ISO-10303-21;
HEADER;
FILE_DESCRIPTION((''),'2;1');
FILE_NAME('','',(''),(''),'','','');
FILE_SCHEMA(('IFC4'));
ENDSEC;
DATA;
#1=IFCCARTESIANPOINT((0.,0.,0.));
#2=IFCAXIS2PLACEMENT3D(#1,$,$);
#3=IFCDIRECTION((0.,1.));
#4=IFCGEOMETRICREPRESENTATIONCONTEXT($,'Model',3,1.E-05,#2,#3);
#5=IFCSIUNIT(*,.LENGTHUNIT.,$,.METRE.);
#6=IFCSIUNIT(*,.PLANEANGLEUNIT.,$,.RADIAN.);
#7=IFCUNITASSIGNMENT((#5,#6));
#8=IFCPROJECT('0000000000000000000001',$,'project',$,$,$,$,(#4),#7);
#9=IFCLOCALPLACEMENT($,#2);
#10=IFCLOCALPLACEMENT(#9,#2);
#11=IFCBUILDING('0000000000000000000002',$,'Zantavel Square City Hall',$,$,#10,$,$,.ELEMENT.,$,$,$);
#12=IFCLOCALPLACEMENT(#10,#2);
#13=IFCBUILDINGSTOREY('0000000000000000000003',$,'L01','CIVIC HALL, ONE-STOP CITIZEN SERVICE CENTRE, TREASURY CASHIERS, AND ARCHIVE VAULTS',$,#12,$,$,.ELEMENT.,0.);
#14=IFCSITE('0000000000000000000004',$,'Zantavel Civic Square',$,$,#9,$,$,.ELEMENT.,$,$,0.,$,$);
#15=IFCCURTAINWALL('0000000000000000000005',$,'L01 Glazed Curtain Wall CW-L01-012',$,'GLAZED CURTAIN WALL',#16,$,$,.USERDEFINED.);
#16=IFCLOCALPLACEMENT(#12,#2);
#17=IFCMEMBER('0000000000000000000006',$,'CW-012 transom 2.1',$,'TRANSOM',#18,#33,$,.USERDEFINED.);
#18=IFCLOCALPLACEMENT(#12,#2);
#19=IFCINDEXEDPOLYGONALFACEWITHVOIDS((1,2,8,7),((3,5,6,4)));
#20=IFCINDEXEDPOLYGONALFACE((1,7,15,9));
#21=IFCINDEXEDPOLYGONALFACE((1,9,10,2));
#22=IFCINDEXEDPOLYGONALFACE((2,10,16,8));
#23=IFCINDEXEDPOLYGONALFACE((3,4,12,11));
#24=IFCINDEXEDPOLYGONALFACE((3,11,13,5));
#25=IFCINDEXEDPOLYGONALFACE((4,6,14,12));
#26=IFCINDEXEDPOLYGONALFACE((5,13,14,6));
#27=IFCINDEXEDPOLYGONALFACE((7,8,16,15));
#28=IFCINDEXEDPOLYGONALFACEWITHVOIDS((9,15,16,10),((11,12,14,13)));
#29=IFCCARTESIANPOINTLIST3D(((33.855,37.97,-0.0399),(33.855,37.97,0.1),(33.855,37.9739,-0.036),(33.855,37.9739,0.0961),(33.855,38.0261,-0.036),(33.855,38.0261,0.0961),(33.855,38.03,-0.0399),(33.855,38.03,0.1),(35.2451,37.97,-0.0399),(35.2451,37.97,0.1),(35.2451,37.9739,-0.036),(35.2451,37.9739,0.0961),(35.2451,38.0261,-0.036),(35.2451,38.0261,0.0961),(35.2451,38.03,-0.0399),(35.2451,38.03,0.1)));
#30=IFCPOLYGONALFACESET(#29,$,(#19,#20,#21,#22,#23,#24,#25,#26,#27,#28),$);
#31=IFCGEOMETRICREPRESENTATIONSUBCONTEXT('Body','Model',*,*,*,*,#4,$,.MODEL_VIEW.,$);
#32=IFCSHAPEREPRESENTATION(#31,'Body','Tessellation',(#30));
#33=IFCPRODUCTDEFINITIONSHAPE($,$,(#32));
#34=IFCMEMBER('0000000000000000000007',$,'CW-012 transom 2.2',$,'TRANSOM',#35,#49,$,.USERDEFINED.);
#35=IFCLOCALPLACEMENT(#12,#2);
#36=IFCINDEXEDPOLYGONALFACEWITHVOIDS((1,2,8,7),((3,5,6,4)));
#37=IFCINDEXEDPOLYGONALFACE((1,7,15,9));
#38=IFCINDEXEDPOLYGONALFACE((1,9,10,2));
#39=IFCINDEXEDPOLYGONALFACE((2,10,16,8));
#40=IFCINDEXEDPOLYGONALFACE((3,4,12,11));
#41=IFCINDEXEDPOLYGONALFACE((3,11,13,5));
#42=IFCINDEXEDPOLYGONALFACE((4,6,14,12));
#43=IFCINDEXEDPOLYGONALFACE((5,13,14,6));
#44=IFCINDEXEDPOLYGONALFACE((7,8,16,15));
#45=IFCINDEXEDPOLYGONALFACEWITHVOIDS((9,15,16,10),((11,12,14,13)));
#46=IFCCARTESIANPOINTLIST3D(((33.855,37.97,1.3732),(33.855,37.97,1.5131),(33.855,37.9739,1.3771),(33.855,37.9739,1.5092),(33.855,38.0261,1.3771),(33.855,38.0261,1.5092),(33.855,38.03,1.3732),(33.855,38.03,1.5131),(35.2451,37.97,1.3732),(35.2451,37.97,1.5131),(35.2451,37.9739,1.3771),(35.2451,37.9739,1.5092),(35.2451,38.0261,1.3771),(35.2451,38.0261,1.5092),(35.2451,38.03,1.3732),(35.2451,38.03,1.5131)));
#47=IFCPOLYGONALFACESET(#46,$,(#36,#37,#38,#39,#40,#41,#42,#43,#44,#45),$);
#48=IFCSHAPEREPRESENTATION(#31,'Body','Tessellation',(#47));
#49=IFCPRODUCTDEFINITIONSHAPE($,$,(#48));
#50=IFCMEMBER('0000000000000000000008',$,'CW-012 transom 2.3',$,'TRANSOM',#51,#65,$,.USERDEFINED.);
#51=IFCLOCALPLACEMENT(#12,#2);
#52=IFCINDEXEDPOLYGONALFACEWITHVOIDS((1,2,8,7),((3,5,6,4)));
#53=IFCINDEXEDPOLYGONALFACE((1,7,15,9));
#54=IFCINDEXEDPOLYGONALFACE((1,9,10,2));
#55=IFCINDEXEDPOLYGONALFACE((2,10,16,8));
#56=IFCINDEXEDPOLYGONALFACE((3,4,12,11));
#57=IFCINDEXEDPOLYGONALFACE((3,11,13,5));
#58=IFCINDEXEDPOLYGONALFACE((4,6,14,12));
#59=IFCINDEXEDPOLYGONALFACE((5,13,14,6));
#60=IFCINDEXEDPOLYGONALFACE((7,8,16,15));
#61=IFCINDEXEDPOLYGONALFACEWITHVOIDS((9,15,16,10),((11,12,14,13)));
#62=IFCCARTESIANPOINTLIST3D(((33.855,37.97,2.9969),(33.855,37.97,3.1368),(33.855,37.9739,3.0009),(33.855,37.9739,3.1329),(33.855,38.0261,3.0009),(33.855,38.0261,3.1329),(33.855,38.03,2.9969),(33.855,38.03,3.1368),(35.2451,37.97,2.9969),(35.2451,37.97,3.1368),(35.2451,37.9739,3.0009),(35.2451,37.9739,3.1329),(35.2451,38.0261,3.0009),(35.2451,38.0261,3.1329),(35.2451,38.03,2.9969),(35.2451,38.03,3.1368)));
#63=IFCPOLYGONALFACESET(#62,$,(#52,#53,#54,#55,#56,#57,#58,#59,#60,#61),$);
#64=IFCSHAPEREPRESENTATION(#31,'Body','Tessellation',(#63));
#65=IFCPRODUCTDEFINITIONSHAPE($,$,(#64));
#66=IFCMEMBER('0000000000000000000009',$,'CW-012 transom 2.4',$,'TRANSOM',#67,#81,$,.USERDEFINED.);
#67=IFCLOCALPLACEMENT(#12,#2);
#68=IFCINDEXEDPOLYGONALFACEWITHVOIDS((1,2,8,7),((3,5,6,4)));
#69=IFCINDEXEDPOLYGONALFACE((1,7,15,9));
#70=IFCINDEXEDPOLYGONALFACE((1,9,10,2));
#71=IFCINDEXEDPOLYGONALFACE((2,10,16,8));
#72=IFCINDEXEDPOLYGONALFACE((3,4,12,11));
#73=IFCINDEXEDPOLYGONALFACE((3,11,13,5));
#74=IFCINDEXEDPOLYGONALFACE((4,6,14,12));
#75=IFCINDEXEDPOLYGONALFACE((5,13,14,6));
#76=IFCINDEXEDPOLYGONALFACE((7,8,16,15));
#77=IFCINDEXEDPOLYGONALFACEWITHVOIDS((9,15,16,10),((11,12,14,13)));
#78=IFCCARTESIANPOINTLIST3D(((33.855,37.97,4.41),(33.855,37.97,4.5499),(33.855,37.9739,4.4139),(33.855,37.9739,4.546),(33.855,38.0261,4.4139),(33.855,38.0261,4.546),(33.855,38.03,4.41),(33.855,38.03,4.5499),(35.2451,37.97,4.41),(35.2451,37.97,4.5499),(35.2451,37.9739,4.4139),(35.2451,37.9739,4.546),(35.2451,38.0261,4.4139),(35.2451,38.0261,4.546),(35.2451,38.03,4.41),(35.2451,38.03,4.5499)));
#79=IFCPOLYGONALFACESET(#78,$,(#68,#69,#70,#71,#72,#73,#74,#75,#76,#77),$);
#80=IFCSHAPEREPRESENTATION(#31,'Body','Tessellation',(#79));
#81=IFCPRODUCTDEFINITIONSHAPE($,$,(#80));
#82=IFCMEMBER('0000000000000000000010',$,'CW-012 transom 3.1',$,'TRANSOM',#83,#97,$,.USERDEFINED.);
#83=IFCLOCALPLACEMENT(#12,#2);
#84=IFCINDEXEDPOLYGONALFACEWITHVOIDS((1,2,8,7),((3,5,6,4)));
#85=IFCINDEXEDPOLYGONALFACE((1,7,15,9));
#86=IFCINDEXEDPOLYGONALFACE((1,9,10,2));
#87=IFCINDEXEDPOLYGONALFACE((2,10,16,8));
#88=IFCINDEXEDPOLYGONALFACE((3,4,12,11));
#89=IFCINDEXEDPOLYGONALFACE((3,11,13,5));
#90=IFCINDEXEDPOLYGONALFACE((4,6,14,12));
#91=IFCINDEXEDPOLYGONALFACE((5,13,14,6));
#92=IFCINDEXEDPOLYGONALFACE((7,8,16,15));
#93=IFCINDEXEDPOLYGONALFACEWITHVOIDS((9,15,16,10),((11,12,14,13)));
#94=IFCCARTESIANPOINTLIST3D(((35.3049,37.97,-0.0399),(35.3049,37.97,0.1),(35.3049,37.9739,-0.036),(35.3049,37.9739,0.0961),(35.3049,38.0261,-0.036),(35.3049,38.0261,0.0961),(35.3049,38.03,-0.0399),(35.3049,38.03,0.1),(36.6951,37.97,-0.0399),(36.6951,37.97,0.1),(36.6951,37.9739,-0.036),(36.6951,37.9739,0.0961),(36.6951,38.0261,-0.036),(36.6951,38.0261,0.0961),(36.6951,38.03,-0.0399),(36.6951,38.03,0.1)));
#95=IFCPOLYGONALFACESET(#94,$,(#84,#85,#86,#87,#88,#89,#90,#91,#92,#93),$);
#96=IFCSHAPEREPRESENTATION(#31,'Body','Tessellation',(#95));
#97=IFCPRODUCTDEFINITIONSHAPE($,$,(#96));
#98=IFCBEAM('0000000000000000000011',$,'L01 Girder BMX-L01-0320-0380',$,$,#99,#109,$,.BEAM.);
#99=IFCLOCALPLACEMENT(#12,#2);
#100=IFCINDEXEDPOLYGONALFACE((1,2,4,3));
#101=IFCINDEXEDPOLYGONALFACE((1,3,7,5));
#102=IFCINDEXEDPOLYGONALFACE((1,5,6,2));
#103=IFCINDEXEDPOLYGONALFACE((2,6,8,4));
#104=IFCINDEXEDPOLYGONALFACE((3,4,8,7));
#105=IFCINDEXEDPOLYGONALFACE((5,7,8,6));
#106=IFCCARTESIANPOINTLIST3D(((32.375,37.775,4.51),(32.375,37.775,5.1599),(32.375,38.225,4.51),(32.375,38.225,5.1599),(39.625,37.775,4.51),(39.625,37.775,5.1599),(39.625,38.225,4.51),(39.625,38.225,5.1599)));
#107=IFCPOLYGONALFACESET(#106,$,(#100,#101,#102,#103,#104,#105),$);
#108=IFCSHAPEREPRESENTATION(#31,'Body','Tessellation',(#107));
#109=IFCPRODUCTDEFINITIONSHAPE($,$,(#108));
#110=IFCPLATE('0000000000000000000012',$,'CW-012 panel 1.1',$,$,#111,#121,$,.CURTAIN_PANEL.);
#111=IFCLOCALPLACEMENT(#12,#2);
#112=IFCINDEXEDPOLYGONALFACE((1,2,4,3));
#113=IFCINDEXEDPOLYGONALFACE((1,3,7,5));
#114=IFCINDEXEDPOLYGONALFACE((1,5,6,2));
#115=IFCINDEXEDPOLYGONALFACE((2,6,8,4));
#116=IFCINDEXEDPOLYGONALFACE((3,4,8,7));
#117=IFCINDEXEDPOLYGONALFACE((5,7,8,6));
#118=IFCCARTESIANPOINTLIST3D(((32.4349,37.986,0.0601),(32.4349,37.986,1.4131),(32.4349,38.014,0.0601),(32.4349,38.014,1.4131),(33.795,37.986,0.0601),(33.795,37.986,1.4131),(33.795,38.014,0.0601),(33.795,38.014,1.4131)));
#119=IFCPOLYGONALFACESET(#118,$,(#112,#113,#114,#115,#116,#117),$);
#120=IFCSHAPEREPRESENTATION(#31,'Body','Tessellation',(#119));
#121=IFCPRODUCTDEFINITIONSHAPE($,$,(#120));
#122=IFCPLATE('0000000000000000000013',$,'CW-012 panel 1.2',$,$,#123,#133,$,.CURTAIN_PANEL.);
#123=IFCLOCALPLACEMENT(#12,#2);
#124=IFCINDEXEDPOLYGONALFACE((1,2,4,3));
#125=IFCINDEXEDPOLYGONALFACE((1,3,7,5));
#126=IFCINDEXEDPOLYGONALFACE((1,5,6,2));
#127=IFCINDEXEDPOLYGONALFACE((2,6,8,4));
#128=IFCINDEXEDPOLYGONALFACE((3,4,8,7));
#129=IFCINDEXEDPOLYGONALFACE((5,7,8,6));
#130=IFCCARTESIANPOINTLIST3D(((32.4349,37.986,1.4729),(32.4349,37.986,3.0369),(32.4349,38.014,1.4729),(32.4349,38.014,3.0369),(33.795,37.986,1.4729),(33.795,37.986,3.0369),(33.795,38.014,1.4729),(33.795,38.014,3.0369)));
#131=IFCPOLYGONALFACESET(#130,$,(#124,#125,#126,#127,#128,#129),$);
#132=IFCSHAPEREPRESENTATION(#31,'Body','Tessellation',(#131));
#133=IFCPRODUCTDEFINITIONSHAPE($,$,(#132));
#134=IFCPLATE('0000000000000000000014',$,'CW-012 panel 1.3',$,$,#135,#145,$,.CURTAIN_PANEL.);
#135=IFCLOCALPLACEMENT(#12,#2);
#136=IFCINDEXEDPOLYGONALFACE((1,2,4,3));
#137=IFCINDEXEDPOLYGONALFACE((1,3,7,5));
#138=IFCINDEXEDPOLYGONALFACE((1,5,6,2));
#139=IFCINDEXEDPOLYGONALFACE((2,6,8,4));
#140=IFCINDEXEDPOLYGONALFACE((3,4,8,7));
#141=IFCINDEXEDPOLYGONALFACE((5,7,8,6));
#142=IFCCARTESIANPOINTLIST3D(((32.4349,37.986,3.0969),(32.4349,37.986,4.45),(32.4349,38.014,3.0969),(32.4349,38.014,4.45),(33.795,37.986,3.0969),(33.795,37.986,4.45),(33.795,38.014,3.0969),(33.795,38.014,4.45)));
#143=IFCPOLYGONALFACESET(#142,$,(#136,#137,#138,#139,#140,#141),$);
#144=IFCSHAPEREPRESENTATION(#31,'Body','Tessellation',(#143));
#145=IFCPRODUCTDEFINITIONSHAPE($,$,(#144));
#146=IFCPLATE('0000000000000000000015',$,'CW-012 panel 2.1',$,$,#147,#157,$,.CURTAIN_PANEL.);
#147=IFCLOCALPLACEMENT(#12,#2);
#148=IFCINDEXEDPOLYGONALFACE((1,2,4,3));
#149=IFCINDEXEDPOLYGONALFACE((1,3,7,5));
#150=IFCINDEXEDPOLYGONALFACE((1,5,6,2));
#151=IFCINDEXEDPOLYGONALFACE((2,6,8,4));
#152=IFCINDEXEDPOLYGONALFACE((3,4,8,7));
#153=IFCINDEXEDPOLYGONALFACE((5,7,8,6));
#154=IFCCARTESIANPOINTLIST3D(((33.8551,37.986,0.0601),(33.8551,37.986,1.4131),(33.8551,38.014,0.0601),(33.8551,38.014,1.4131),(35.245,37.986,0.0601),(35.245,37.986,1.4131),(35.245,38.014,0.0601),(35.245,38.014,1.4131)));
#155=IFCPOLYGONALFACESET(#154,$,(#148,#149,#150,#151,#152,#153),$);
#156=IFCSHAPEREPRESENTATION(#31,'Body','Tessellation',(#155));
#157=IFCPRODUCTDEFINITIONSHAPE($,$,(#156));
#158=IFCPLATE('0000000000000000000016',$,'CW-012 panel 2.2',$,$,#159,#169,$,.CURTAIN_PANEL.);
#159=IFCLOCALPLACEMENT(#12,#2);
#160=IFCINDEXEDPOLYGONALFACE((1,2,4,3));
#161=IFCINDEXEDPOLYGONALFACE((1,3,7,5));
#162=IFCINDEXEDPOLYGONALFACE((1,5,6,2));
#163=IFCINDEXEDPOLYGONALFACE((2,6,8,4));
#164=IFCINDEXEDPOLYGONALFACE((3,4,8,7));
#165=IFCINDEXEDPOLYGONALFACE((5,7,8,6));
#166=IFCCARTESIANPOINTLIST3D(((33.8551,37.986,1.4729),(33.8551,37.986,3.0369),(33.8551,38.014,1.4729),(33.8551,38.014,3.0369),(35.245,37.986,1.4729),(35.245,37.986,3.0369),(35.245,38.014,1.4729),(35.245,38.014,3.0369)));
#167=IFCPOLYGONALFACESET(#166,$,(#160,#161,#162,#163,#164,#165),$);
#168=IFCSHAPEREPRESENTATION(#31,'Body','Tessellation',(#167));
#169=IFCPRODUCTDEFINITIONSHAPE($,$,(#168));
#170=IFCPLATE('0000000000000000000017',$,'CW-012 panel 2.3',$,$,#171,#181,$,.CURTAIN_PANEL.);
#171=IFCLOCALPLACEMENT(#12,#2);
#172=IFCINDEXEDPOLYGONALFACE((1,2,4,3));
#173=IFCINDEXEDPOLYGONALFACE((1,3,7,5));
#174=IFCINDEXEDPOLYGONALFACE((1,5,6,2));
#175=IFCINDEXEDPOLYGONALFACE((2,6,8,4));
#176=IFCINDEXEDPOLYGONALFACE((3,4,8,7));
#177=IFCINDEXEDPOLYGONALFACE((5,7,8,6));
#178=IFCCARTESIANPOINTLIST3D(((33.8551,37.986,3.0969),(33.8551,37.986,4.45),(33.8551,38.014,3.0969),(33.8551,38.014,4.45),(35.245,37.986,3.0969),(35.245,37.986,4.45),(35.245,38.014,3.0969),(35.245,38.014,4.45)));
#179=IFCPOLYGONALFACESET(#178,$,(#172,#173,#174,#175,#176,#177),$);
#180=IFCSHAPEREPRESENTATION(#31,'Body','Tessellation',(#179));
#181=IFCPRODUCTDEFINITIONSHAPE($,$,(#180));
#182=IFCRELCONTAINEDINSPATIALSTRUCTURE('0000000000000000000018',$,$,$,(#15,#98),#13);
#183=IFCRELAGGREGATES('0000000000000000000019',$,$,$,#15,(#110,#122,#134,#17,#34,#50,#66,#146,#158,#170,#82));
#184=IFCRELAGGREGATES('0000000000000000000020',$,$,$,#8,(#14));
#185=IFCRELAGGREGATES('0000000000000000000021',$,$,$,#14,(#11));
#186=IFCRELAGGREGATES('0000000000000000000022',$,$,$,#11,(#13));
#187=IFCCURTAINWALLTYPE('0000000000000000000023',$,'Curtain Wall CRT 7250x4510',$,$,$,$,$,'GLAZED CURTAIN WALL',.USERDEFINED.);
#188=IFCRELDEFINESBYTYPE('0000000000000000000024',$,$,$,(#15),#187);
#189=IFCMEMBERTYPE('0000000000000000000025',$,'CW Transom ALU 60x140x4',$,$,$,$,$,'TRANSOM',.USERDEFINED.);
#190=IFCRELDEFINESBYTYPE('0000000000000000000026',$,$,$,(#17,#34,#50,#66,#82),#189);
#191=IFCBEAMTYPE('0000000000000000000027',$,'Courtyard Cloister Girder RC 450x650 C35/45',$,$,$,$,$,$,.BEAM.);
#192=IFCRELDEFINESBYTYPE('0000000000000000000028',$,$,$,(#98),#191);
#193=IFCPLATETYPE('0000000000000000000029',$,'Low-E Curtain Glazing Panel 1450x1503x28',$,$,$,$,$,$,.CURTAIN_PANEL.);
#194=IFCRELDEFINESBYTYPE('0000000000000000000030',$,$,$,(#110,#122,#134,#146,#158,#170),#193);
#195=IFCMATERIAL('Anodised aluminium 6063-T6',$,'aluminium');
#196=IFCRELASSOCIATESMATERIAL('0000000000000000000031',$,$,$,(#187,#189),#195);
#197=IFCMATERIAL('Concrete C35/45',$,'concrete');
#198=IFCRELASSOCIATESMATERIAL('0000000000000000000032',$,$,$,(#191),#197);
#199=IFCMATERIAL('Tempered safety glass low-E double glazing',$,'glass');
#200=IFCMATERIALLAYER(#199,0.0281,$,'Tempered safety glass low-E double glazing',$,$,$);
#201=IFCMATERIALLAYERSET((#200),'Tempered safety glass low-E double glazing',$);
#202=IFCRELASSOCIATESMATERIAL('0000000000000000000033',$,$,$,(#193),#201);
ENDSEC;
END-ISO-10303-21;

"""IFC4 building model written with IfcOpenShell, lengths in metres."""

from ifc_helpers import new_model, si_unit, direction, frame, origin, origin_2d, place, context, subcontext, project, spatial, rectangle, hollow_rectangle, extrude, material, layer, layer_set, material_profile, profile_set, type_object, element, aggregate, save


model = new_model("IFC4")

# Units and contexts
model_context = context("Model", 3, precision=1e-05, world=origin(), true_north=direction((0.0, 1.0)))
body_context = subcontext(model_context, "Body", "Model", "MODEL_VIEW")
ifc_project = project(units=[si_unit("LENGTHUNIT", "METRE"), si_unit("PLANEANGLEUNIT", "RADIAN")], contexts=[model_context])

# Site, building, storey
site_placement = place(None, origin())
site = spatial("IfcSite", under=ifc_project, at=site_placement, Name="Zantavel Civic Square", CompositionType="ELEMENT", RefElevation=0.0)
building_placement = place(site_placement, origin())
building = spatial("IfcBuilding", under=site, at=building_placement, Name="Zantavel Square City Hall", CompositionType="ELEMENT")
storey_placement = place(building_placement, origin())
storey = spatial("IfcBuildingStorey", under=building, at=storey_placement, Name="L01", Description="CIVIC HALL, ONE-STOP CITIZEN SERVICE CENTRE, TREASURY CASHIERS, AND ARCHIVE VAULTS", CompositionType="ELEMENT", Elevation=0.0)

# Curtain wall, members
ifc_material_1 = material(Name="Anodised aluminium 6063-T6", Category="aluminium")
curtain_wall_type = type_object("IfcCurtainWallType", Name="Curtain Wall CRT 7250x4510", ElementType="GLAZED CURTAIN WALL", PredefinedType="USERDEFINED", material=ifc_material_1)
curtain_wall_placement = place(storey_placement, origin())
curtain_wall = element("IfcCurtainWall", 1, at=curtain_wall_placement, inside=storey, type_object=curtain_wall_type, Name="L01 Glazed Curtain Wall CW-L01-012", ObjectType="GLAZED CURTAIN WALL", PredefinedType="USERDEFINED")
ifc_material_profile_1 = material_profile(ifc_material_1, hollow_rectangle(XDim=0.0601, YDim=0.1399, WallThickness=0.0039, at=origin_2d()), Name="ALU 60x140x4")
ifc_profile_set_1 = profile_set([ifc_material_profile_1], Name="Anodised aluminium 6063-T6")
member_type_1 = type_object("IfcMemberType", Name="CW Transom ALU 60x140x4", ElementType="TRANSOM", PredefinedType="USERDEFINED", material=ifc_profile_set_1)
member_1_placement = place(storey_placement, frame((33.855, 38.0, 0.03), z_axis=(1.0, 0.0, 0.0), x_axis=(0.0, 1.0, 0.0)))
member_1 = element("IfcMember", 2, at=member_1_placement, type_object=member_type_1, Name="CW-012 transom 2.1", ObjectType="TRANSOM", PredefinedType="USERDEFINED", context=body_context, shape_type="SweptSolid", body=[
    extrude(hollow_rectangle(XDim=0.0601, YDim=0.1399, WallThickness=0.0039, at=origin_2d()), origin(), (0.0, 0.0, 1.0), 1.3901),
])
member_2_placement = place(storey_placement, frame((33.855, 38.0, 1.4431), z_axis=(1.0, 0.0, 0.0), x_axis=(0.0, 1.0, 0.0)))
member_2 = element("IfcMember", 3, at=member_2_placement, type_object=member_type_1, Name="CW-012 transom 2.2", ObjectType="TRANSOM", PredefinedType="USERDEFINED", context=body_context, shape_type="SweptSolid", body=[
    extrude(hollow_rectangle(XDim=0.0601, YDim=0.1399, WallThickness=0.0039, at=origin_2d()), origin(), (0.0, 0.0, 1.0), 1.3901),
])
member_3_placement = place(storey_placement, frame((33.855, 38.0, 3.0669), z_axis=(1.0, 0.0, 0.0), x_axis=(0.0, 1.0, 0.0)))
member_3 = element("IfcMember", 4, at=member_3_placement, type_object=member_type_1, Name="CW-012 transom 2.3", ObjectType="TRANSOM", PredefinedType="USERDEFINED", context=body_context, shape_type="SweptSolid", body=[
    extrude(hollow_rectangle(XDim=0.0601, YDim=0.1399, WallThickness=0.0039, at=origin_2d()), origin(), (0.0, 0.0, 1.0), 1.3901),
])
member_4_placement = place(storey_placement, frame((33.855, 38.0, 4.48), z_axis=(1.0, 0.0, 0.0), x_axis=(0.0, 1.0, 0.0)))
member_4 = element("IfcMember", 5, at=member_4_placement, type_object=member_type_1, Name="CW-012 transom 2.4", ObjectType="TRANSOM", PredefinedType="USERDEFINED", context=body_context, shape_type="SweptSolid", body=[
    extrude(hollow_rectangle(XDim=0.0601, YDim=0.1399, WallThickness=0.0039, at=origin_2d()), origin(), (0.0, 0.0, 1.0), 1.3901),
])
member_5_placement = place(storey_placement, frame((35.3049, 38.0, 0.03), z_axis=(1.0, 0.0, 0.0), x_axis=(0.0, 1.0, 0.0)))
member_5 = element("IfcMember", 6, at=member_5_placement, type_object=member_type_1, Name="CW-012 transom 3.1", ObjectType="TRANSOM", PredefinedType="USERDEFINED", context=body_context, shape_type="SweptSolid", body=[
    extrude(hollow_rectangle(XDim=0.0601, YDim=0.1399, WallThickness=0.0039, at=origin_2d()), origin(), (0.0, 0.0, 1.0), 1.3901),
])

# Beam
ifc_material_2 = material(Name="Concrete C35/45", Category="concrete")
ifc_material_profile_2 = material_profile(ifc_material_2, rectangle(XDim=0.45, YDim=0.6499, at=origin_2d()), Name="RC 450x650")
ifc_profile_set_2 = profile_set([ifc_material_profile_2], Name="Concrete C35/45")
beam_type_1 = type_object("IfcBeamType", Name="Courtyard Cloister Girder RC 450x650 C35/45", PredefinedType="BEAM", material=ifc_profile_set_2)
beam_1_placement = place(storey_placement, frame((32.375, 38.0, 4.835), z_axis=(1.0, 0.0, 0.0), x_axis=(0.0, 1.0, 0.0)))
element("IfcBeam", 7, at=beam_1_placement, inside=storey, type_object=beam_type_1, Name="L01 Girder BMX-L01-0320-0380", PredefinedType="BEAM", context=body_context, shape_type="SweptSolid", body=[
    extrude(rectangle(XDim=0.45, YDim=0.6499, at=origin_2d()), origin(), (0.0, 0.0, 1.0), 7.25),
])

# Plates
ifc_material_3 = material(Name="Tempered safety glass low-E double glazing", Category="glass")
ifc_layer = layer(ifc_material_3, 0.0281, Name="Tempered safety glass low-E double glazing")
ifc_layer_set = layer_set([ifc_layer], Name="Tempered safety glass low-E double glazing")
plate_type = type_object("IfcPlateType", Name="Low-E Curtain Glazing Panel 1450x1503x28", PredefinedType="CURTAIN_PANEL", material=ifc_layer_set)
plate_1_placement = place(storey_placement, frame((33.115, 38.0, 0.0601), z_axis=(0.0, 0.0, 1.0), x_axis=(1.0, 0.0, 0.0)))
plate_1 = element("IfcPlate", 8, at=plate_1_placement, type_object=plate_type, Name="CW-012 panel 1.1", PredefinedType="CURTAIN_PANEL", context=body_context, shape_type="SweptSolid", body=[
    extrude(rectangle(XDim=1.3601, YDim=0.0281, at=origin_2d()), origin(), (0.0, 0.0, 1.0), 1.353),
])
plate_2_placement = place(storey_placement, frame((33.115, 38.0, 1.4729), z_axis=(0.0, 0.0, 1.0), x_axis=(1.0, 0.0, 0.0)))
plate_2 = element("IfcPlate", 9, at=plate_2_placement, type_object=plate_type, Name="CW-012 panel 1.2", PredefinedType="CURTAIN_PANEL", context=body_context, shape_type="SweptSolid", body=[
    extrude(rectangle(XDim=1.3601, YDim=0.0281, at=origin_2d()), origin(), (0.0, 0.0, 1.0), 1.564),
])
plate_3_placement = place(storey_placement, frame((33.115, 38.0, 3.0969), z_axis=(0.0, 0.0, 1.0), x_axis=(1.0, 0.0, 0.0)))
plate_3 = element("IfcPlate", 10, at=plate_3_placement, type_object=plate_type, Name="CW-012 panel 1.3", PredefinedType="CURTAIN_PANEL", context=body_context, shape_type="SweptSolid", body=[
    extrude(rectangle(XDim=1.3601, YDim=0.0281, at=origin_2d()), origin(), (0.0, 0.0, 1.0), 1.353),
])
plate_4_placement = place(storey_placement, frame((34.55, 38.0, 0.0601), z_axis=(0.0, 0.0, 1.0), x_axis=(1.0, 0.0, 0.0)))
plate_4 = element("IfcPlate", 11, at=plate_4_placement, type_object=plate_type, Name="CW-012 panel 2.1", PredefinedType="CURTAIN_PANEL", context=body_context, shape_type="SweptSolid", body=[
    extrude(rectangle(XDim=1.3899, YDim=0.0281, at=origin_2d()), origin(), (0.0, 0.0, 1.0), 1.353),
])
plate_5_placement = place(storey_placement, frame((34.55, 38.0, 1.4729), z_axis=(0.0, 0.0, 1.0), x_axis=(1.0, 0.0, 0.0)))
plate_5 = element("IfcPlate", 12, at=plate_5_placement, type_object=plate_type, Name="CW-012 panel 2.2", PredefinedType="CURTAIN_PANEL", context=body_context, shape_type="SweptSolid", body=[
    extrude(rectangle(XDim=1.3899, YDim=0.0281, at=origin_2d()), origin(), (0.0, 0.0, 1.0), 1.564),
])
plate_6_placement = place(storey_placement, frame((34.55, 38.0, 3.0969), z_axis=(0.0, 0.0, 1.0), x_axis=(1.0, 0.0, 0.0)))
plate_6 = element("IfcPlate", 13, at=plate_6_placement, type_object=plate_type, Name="CW-012 panel 2.3", PredefinedType="CURTAIN_PANEL", context=body_context, shape_type="SweptSolid", body=[
    extrude(rectangle(XDim=1.3899, YDim=0.0281, at=origin_2d()), origin(), (0.0, 0.0, 1.0), 1.353),
])
aggregate(curtain_wall, [plate_1, plate_2, plate_3, member_1, member_2, member_3, member_4, plate_4, plate_5, plate_6, member_5])

save(model, "model.ifc")
